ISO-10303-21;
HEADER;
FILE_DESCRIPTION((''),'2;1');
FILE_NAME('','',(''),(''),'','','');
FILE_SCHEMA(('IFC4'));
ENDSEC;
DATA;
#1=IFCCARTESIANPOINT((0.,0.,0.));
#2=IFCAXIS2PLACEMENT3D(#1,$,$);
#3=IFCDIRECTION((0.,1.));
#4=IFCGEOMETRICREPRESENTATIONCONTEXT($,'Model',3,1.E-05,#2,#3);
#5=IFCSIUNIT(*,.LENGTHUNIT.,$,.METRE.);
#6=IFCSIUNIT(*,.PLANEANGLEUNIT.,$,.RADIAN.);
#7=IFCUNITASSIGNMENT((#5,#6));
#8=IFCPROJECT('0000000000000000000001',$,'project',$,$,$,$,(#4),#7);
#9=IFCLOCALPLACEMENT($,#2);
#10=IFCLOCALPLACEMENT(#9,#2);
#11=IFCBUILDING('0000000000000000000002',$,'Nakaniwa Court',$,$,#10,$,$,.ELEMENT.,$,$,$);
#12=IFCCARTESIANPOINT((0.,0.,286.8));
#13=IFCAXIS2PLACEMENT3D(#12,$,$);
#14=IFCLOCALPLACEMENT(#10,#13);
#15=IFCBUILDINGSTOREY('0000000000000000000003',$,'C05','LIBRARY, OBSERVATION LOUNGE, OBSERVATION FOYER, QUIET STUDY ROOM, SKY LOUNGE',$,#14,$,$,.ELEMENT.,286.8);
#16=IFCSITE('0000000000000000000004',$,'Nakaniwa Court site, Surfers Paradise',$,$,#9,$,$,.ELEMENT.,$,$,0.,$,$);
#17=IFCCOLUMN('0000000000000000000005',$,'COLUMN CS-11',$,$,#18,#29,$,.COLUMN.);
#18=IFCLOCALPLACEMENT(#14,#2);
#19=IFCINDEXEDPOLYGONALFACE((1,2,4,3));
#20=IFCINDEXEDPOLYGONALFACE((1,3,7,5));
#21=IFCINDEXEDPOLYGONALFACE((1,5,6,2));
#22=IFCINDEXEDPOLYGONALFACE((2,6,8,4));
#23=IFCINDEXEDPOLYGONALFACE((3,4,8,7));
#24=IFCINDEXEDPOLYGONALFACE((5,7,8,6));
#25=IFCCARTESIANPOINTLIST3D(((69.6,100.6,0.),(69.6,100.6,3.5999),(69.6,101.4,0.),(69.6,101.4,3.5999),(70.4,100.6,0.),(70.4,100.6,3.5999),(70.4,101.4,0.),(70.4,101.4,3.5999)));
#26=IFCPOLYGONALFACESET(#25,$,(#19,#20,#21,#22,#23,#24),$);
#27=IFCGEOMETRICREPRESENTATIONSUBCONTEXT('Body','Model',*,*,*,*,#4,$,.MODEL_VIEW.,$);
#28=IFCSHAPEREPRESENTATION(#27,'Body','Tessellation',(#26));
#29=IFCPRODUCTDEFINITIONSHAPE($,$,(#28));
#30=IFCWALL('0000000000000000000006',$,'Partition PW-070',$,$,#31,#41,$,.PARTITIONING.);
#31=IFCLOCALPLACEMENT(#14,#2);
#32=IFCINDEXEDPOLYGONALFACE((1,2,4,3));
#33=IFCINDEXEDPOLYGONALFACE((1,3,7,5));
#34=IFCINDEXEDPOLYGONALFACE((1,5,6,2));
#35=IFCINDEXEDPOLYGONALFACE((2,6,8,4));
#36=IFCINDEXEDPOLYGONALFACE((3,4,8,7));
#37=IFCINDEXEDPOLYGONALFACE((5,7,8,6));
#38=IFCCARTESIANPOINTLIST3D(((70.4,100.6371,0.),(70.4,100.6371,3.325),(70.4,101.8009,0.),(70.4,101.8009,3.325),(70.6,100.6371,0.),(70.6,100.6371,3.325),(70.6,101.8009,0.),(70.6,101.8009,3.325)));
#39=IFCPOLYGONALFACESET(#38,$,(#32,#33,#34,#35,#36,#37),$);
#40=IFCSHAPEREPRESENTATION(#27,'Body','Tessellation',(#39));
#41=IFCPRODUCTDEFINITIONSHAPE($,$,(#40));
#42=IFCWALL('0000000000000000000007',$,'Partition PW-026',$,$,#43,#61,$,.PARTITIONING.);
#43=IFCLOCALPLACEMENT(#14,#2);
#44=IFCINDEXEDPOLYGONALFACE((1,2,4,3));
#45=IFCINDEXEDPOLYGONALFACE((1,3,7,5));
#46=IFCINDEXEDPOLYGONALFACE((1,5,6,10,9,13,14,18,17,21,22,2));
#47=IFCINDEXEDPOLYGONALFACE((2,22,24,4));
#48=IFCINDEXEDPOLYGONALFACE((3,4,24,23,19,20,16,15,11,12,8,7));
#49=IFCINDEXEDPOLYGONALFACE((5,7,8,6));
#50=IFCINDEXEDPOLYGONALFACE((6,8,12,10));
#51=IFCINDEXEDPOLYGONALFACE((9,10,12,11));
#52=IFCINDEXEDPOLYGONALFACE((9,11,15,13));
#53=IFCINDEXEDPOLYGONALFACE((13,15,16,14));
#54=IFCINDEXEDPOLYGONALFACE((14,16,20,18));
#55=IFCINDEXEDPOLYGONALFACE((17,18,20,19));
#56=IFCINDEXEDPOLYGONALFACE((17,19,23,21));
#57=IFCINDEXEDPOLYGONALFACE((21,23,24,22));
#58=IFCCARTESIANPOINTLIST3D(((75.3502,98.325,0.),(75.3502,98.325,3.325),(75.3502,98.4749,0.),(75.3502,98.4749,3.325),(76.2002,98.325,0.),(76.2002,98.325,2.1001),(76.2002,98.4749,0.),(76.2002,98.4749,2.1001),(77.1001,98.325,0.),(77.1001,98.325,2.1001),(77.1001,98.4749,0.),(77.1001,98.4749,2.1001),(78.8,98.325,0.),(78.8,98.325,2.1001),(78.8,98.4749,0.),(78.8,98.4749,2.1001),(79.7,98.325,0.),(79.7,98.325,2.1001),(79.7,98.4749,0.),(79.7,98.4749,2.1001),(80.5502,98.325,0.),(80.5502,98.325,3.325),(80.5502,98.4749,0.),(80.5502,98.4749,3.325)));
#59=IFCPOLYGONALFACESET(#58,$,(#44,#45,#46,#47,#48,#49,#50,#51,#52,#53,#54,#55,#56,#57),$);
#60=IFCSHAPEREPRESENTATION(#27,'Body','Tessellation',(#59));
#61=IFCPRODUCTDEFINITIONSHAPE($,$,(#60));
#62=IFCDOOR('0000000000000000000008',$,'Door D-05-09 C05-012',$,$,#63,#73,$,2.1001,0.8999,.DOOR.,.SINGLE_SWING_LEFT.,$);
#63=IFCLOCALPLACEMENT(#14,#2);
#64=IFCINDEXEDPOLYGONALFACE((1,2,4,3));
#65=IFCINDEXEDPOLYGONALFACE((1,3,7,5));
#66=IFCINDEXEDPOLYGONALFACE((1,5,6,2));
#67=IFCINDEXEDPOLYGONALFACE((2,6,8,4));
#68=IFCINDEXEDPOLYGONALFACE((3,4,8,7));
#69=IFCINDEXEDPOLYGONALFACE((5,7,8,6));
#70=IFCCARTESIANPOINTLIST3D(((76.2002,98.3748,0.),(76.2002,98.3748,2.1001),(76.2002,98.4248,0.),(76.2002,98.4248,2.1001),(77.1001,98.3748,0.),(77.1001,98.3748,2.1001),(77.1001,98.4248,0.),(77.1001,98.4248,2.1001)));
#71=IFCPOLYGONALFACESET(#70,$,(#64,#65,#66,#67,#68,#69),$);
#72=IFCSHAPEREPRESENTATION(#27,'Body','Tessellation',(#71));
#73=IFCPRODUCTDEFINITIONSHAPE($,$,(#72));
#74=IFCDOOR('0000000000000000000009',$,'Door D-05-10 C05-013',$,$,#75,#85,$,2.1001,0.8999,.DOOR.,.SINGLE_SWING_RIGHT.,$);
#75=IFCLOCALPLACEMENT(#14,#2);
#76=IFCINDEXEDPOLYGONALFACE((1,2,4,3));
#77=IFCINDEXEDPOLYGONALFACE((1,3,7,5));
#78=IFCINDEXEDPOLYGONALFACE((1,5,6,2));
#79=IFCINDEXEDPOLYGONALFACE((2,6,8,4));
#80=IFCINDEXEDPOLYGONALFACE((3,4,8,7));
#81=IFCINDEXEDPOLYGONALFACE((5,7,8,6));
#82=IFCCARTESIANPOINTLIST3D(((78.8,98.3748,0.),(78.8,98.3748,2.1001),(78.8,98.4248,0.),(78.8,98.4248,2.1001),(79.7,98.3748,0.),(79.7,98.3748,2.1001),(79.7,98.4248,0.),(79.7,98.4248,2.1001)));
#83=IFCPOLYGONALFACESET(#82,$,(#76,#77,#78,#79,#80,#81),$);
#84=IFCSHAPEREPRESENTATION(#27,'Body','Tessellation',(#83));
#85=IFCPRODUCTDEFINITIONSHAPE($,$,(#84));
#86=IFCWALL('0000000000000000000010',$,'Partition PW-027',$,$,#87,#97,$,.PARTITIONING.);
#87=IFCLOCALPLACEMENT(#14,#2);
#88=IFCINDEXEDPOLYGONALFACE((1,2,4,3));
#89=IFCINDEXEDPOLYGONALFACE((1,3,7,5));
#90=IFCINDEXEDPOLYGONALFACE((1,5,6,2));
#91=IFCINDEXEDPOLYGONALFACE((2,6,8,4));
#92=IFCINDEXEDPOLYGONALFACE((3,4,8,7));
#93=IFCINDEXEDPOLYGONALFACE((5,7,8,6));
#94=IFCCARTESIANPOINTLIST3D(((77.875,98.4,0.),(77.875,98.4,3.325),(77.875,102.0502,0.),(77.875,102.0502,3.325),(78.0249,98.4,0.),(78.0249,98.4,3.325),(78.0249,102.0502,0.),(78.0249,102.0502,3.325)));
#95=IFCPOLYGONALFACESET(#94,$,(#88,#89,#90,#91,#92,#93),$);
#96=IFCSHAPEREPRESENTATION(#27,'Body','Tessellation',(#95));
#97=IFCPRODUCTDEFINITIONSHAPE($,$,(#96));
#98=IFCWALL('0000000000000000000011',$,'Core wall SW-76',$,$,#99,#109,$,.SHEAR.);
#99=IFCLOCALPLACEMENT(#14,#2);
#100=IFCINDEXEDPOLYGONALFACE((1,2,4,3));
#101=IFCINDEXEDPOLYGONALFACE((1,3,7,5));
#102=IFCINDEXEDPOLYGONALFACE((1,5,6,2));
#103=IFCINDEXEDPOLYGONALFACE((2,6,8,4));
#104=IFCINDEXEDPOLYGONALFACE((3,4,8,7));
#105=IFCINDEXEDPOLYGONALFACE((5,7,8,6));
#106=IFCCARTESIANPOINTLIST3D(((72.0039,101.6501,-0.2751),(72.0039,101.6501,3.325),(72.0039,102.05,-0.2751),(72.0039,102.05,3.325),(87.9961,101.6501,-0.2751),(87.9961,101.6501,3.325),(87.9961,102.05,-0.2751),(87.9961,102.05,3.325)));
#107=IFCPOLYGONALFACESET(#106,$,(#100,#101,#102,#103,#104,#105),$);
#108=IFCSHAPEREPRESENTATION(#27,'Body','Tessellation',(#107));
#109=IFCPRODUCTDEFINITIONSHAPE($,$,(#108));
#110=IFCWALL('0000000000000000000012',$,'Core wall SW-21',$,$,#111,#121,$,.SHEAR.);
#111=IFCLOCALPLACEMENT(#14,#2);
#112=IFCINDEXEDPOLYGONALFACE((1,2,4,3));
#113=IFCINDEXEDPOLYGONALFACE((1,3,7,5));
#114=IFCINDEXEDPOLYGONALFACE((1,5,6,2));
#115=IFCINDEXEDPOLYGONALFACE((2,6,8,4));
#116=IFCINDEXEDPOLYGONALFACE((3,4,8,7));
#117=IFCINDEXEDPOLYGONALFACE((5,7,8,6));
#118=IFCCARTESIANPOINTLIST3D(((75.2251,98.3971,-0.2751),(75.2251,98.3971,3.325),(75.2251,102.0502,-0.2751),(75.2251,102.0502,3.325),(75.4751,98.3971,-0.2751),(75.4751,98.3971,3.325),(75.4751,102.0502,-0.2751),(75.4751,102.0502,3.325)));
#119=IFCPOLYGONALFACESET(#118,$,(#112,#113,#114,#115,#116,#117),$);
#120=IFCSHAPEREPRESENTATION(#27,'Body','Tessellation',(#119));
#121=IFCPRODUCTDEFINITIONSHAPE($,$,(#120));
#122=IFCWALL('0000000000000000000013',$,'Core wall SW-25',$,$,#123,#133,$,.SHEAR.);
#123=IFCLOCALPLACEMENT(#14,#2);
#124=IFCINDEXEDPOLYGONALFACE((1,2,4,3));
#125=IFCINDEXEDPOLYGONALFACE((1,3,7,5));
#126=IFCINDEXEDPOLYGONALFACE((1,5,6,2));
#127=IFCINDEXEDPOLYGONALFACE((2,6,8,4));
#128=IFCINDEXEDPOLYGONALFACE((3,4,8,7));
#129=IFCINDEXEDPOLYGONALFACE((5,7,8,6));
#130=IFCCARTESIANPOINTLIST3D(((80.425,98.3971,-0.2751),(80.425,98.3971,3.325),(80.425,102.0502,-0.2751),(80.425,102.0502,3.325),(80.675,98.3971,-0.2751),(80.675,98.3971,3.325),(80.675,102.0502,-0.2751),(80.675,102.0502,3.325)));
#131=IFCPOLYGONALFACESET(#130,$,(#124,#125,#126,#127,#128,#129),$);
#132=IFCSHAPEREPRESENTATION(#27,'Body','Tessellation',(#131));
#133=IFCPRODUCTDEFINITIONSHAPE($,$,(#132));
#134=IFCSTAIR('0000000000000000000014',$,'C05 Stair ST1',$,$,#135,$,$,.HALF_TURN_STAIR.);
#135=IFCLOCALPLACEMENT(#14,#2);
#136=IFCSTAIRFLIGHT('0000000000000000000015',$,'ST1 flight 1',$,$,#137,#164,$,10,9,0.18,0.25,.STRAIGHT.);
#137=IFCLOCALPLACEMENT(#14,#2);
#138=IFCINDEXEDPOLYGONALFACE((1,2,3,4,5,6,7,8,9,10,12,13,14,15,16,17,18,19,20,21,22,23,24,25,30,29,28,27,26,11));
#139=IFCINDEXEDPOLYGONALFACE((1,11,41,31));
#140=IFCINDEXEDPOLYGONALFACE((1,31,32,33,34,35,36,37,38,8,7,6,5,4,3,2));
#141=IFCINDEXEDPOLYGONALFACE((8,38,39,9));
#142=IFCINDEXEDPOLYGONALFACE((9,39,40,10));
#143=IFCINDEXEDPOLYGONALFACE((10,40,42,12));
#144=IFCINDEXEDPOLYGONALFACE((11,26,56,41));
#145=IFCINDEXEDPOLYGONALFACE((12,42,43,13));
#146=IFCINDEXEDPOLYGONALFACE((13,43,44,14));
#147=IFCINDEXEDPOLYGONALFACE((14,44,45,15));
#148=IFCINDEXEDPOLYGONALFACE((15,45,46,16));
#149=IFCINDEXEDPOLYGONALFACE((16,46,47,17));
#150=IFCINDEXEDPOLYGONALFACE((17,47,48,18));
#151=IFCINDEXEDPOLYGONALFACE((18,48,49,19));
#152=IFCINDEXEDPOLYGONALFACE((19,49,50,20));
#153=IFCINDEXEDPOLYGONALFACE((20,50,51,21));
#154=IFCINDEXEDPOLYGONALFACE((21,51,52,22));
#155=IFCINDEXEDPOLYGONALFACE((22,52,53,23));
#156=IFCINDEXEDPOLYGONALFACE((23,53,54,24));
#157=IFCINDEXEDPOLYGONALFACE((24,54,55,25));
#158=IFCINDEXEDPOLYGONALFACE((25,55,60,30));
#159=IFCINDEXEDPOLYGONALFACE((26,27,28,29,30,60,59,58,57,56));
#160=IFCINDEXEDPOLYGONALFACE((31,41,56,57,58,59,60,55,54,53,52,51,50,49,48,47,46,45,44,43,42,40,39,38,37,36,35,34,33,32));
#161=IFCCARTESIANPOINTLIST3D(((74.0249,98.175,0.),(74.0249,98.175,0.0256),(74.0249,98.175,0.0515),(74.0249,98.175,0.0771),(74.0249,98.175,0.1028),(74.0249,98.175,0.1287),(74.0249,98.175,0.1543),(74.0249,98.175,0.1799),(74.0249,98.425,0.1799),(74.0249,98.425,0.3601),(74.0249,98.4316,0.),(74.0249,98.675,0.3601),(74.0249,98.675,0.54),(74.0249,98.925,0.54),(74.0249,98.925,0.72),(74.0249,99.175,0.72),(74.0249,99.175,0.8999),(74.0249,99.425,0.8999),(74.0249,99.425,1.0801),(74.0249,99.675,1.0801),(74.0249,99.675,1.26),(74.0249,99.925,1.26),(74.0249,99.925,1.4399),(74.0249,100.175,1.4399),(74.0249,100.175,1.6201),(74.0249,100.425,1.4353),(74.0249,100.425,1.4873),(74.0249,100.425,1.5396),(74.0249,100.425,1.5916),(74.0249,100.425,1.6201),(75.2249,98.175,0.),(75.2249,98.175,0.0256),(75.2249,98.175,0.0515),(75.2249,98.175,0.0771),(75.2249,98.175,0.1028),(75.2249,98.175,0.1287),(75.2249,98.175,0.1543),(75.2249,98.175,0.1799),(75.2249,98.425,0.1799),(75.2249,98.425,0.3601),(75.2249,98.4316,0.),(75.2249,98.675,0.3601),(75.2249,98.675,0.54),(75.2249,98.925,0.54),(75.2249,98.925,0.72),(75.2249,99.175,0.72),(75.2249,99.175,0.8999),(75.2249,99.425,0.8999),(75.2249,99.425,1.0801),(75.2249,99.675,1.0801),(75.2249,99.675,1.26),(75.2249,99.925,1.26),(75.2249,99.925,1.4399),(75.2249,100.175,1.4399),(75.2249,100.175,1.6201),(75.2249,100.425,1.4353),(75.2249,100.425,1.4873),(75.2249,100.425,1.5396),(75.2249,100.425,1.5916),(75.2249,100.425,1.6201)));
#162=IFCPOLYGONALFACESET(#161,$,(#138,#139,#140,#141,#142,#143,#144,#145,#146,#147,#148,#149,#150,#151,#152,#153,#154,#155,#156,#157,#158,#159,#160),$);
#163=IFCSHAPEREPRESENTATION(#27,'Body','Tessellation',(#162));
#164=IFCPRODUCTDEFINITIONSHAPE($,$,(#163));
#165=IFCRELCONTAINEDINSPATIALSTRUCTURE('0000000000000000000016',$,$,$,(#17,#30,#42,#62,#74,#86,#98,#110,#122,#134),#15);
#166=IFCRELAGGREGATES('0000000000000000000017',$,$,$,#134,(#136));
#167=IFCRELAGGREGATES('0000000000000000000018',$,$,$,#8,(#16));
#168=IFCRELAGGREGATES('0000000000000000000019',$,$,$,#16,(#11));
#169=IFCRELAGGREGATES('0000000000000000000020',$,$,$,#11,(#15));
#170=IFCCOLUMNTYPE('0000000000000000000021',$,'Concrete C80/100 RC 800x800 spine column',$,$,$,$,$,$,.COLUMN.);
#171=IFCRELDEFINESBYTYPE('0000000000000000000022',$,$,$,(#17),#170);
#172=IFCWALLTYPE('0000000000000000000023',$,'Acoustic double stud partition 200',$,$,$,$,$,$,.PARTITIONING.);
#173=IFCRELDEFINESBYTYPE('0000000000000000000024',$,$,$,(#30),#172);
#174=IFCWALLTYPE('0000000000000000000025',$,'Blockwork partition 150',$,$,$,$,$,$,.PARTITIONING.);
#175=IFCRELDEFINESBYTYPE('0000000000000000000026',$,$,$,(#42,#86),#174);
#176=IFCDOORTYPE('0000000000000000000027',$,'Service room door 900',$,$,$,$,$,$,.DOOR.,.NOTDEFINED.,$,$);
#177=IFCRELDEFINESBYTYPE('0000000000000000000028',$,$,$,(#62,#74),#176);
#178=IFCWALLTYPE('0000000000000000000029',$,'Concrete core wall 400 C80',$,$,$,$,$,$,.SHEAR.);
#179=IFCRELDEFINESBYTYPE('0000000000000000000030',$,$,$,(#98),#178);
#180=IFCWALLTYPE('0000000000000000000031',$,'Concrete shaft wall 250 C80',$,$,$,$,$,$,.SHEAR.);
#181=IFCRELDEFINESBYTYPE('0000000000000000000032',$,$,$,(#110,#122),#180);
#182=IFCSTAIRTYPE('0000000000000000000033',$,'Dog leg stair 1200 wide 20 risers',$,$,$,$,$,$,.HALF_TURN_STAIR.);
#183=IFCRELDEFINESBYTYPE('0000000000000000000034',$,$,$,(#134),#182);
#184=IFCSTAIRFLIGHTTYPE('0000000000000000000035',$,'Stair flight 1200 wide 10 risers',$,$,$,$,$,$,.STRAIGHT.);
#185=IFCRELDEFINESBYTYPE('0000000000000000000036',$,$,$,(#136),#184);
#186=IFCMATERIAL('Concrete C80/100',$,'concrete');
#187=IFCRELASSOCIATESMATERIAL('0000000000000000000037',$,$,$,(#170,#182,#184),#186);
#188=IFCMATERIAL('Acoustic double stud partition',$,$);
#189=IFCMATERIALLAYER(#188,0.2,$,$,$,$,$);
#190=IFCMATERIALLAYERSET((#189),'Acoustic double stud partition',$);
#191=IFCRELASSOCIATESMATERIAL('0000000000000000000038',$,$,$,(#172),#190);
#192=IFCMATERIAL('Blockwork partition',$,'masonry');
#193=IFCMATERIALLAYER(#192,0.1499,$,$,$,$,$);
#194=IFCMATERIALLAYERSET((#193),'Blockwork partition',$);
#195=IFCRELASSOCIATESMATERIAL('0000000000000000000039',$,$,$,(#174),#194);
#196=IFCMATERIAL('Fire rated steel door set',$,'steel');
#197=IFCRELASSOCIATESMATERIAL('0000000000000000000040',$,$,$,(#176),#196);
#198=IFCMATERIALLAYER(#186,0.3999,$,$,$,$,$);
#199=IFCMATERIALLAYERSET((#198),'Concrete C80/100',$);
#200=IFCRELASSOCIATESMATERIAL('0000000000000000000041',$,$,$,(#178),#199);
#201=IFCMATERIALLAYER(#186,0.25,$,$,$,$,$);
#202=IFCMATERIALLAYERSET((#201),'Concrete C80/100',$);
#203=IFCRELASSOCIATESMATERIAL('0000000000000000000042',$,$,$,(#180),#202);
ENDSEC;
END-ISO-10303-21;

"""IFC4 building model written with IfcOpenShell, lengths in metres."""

from ifc_helpers import new_model, si_unit, direction, frame, frame_2d, origin, origin_2d, place, context, subcontext, project, spatial, polyline, rectangle, outline, extrude, material, layer, layer_set, material_profile, profile_set, type_object, element, fill, aggregate, save


model = new_model("IFC4")

# Units and contexts
model_context = context("Model", 3, precision=1e-05, world=origin(), true_north=direction((0.0, 1.0)))
body_context = subcontext(model_context, "Body", "Model", "MODEL_VIEW")
ifc_project = project(units=[si_unit("LENGTHUNIT", "METRE"), si_unit("PLANEANGLEUNIT", "RADIAN")], contexts=[model_context])

# Site, building, storey
site_placement = place(None, origin())
site = spatial("IfcSite", under=ifc_project, at=site_placement, Name="Nakaniwa Court site, Surfers Paradise", CompositionType="ELEMENT", RefElevation=0.0)
building_placement = place(site_placement, origin())
building = spatial("IfcBuilding", under=site, at=building_placement, Name="Nakaniwa Court", CompositionType="ELEMENT")
storey_placement = place(building_placement, frame((0.0, 0.0, 286.8)))
storey = spatial("IfcBuildingStorey", under=building, at=storey_placement, Name="C05", Description="LIBRARY, OBSERVATION LOUNGE, OBSERVATION FOYER, QUIET STUDY ROOM, SKY LOUNGE", CompositionType="ELEMENT", Elevation=286.8)

# Column
ifc_material_1 = material(Name="Concrete C80/100", Category="concrete")
ifc_material_profile = material_profile(ifc_material_1, rectangle(XDim=0.8, YDim=0.8, at=origin_2d()), Name="Concrete C80/100 RC 800x800 spine column")
ifc_profile_set = profile_set([ifc_material_profile], Name="Concrete C80/100")
column_type = type_object("IfcColumnType", Name="Concrete C80/100 RC 800x800 spine column", PredefinedType="COLUMN", material=ifc_profile_set)
column_placement = place(storey_placement, frame((70.0, 101.0, 0.0), z_axis=(0.0, 0.0, 1.0), x_axis=(0.0, -1.0, 0.0)))
element("IfcColumn", 1, at=column_placement, inside=storey, type_object=column_type, Name="COLUMN CS-11", PredefinedType="COLUMN", context=body_context, shape_type="SweptSolid", body=[
    extrude(rectangle(XDim=0.8, YDim=0.8, at=origin_2d()), origin(), (0.0, 0.0, 1.0), 3.5999),
])

# Wall
ifc_material_2 = material(Name="Acoustic double stud partition")
ifc_layer_1 = layer(ifc_material_2, 0.2)
ifc_layer_set_1 = layer_set([ifc_layer_1], Name="Acoustic double stud partition")
wall_type_1 = type_object("IfcWallType", Name="Acoustic double stud partition 200", PredefinedType="PARTITIONING", material=ifc_layer_set_1)
wall_1_placement = place(storey_placement, frame((70.5, 100.637, 0.0), z_axis=(0.0, 0.0, 1.0), x_axis=(0.0, 1.0, 0.0)))
element("IfcWall", 2, at=wall_1_placement, inside=storey, type_object=wall_type_1, Name="Partition PW-070", PredefinedType="PARTITIONING", context=body_context, shape_type="SweptSolid", body=[
    extrude(rectangle(XDim=1.1638, YDim=0.2, at=frame_2d((0.582, 0.0))), origin(), (0.0, 0.0, 1.0), 3.325),
])

# Wall, openings, doors
ifc_material_3 = material(Name="Blockwork partition", Category="masonry")
ifc_layer_2 = layer(ifc_material_3, 0.1499)
ifc_layer_set_2 = layer_set([ifc_layer_2], Name="Blockwork partition")
wall_type_2 = type_object("IfcWallType", Name="Blockwork partition 150", PredefinedType="PARTITIONING", material=ifc_layer_set_2)
wall_2_placement = place(storey_placement, frame((75.3501, 98.3999, 0.0), z_axis=(0.0, 0.0, 1.0), x_axis=(1.0, 0.0, 0.0)))
wall_2 = element("IfcWall", 3, at=wall_2_placement, inside=storey, type_object=wall_type_2, Name="Partition PW-026", PredefinedType="PARTITIONING", context=body_context, shape_type="SweptSolid", body=[
    extrude(rectangle(XDim=5.2, YDim=0.1499, at=frame_2d((2.6001, 0.0))), origin(), (0.0, 0.0, 1.0), 3.325),
])
opening_1_placement = place(wall_2_placement, frame((0.8501, 0.0, 0.0)))
opening_1 = element("IfcOpeningElement", 4, at=opening_1_placement, cuts=wall_2, PredefinedType="OPENING", context=body_context, shape_type="SweptSolid", body=[
    extrude(rectangle(XDim=0.8999, YDim=2.1001, at=frame_2d((0.45, 1.05))), frame((0.0, 0.085, 0.0), z_axis=(0.0, -1.0, 0.0), x_axis=(1.0, 0.0, 0.0)), (0.0, 0.0, 1.0), 0.1699),
])
opening_2_placement = place(wall_2_placement, frame((3.45, 0.0, 0.0)))
opening_2 = element("IfcOpeningElement", 5, at=opening_2_placement, cuts=wall_2, PredefinedType="OPENING", context=body_context, shape_type="SweptSolid", body=[
    extrude(rectangle(XDim=0.8999, YDim=2.1001, at=frame_2d((0.45, 1.05))), frame((0.0, 0.085, 0.0), z_axis=(0.0, -1.0, 0.0), x_axis=(1.0, 0.0, 0.0)), (0.0, 0.0, 1.0), 0.1699),
])
ifc_material_4 = material(Name="Fire rated steel door set", Category="steel")
door_type = type_object("IfcDoorType", Name="Service room door 900", OperationType="NOTDEFINED", PredefinedType="DOOR", material=ifc_material_4)
door_1_placement = place(opening_1_placement, origin())
door_1 = element("IfcDoor", 6, at=door_1_placement, inside=storey, type_object=door_type, Name="Door D-05-09 C05-012", OperationType="SINGLE_SWING_LEFT", OverallHeight=2.1001, OverallWidth=0.8999, PredefinedType="DOOR", context=body_context, shape_type="SweptSolid", body=[
    extrude(rectangle(XDim=0.8999, YDim=2.1001, at=frame_2d((0.45, 1.05))), frame((0.0, 0.0249, 0.0), z_axis=(0.0, -1.0, 0.0), x_axis=(1.0, 0.0, 0.0)), (0.0, 0.0, 1.0), 0.05),
])
fill(opening_1, door_1)
door_2_placement = place(opening_2_placement, origin())
door_2 = element("IfcDoor", 7, at=door_2_placement, inside=storey, type_object=door_type, Name="Door D-05-10 C05-013", OperationType="SINGLE_SWING_RIGHT", OverallHeight=2.1001, OverallWidth=0.8999, PredefinedType="DOOR", context=body_context, shape_type="SweptSolid", body=[
    extrude(rectangle(XDim=0.8999, YDim=2.1001, at=frame_2d((0.45, 1.05))), frame((0.0, 0.0249, 0.0), z_axis=(0.0, -1.0, 0.0), x_axis=(1.0, 0.0, 0.0)), (0.0, 0.0, 1.0), 0.05),
])
fill(opening_2, door_2)

# Walls
wall_3_placement = place(storey_placement, frame((77.95, 98.3999, 0.0), z_axis=(0.0, 0.0, 1.0), x_axis=(0.0, 1.0, 0.0)))
element("IfcWall", 8, at=wall_3_placement, inside=storey, type_object=wall_type_2, Name="Partition PW-027", PredefinedType="PARTITIONING", context=body_context, shape_type="SweptSolid", body=[
    extrude(rectangle(XDim=3.6501, YDim=0.1499, at=frame_2d((1.8252, 0.0))), origin(), (0.0, 0.0, 1.0), 3.325),
])
ifc_layer_3 = layer(ifc_material_1, 0.3999)
ifc_layer_set_3 = layer_set([ifc_layer_3], Name="Concrete C80/100")
wall_type_3 = type_object("IfcWallType", Name="Concrete core wall 400 C80", PredefinedType="SHEAR", material=ifc_layer_set_3)
wall_4_placement = place(storey_placement, frame((72.0039, 101.8501, -0.2751), z_axis=(0.0, 0.0, 1.0), x_axis=(1.0, 0.0, 0.0)))
element("IfcWall", 9, at=wall_4_placement, inside=storey, type_object=wall_type_3, Name="Core wall SW-76", PredefinedType="SHEAR", context=body_context, shape_type="SweptSolid", body=[
    extrude(rectangle(XDim=15.9922, YDim=0.3999, at=frame_2d((7.9961, 0.0))), origin(), (0.0, 0.0, 1.0), 3.6001),
])
ifc_layer_4 = layer(ifc_material_1, 0.25)
ifc_layer_set_4 = layer_set([ifc_layer_4], Name="Concrete C80/100")
wall_type_4 = type_object("IfcWallType", Name="Concrete shaft wall 250 C80", PredefinedType="SHEAR", material=ifc_layer_set_4)
for number, where, z_axis, x_axis, name in (
    (10, (75.3501, 98.397, -0.2751), (0.0, 0.0, 1.0), (0.0, 1.0, 0.0), "Core wall SW-21"),
    (11, (80.55, 98.397, -0.2751), (0.0, 0.0, 1.0), (0.0, 1.0, 0.0), "Core wall SW-25"),
):
    element("IfcWall", number, at=place(storey_placement, frame(where, z_axis=z_axis, x_axis=x_axis)), inside=storey, type_object=wall_type_4, Name=name, PredefinedType="SHEAR", context=body_context, shape_type="SweptSolid", body=[
        extrude(rectangle(XDim=3.6531, YDim=0.25, at=frame_2d((1.8267, 0.0))), origin(), (0.0, 0.0, 1.0), 3.6001),
    ])

# Stair, stair flight
stair_type = type_object("IfcStairType", Name="Dog leg stair 1200 wide 20 risers", PredefinedType="HALF_TURN_STAIR", material=ifc_material_1)
stair_1_placement = place(storey_placement, origin())
stair_1 = element("IfcStair", 12, at=stair_1_placement, inside=storey, type_object=stair_type, Name="C05 Stair ST1", PredefinedType="HALF_TURN_STAIR")
stair_flight_type = type_object("IfcStairFlightType", Name="Stair flight 1200 wide 10 risers", PredefinedType="STRAIGHT", material=ifc_material_1)
stair_flight_1_placement = place(storey_placement, frame((74.625, 98.175, 0.0), z_axis=(0.0, 0.0, 1.0), x_axis=(0.0, 1.0, 0.0)))
stair_flight_1 = element("IfcStairFlight", 13, at=stair_flight_1_placement, type_object=stair_flight_type, Name="ST1 flight 1", NumberOfRisers=10, NumberOfTreads=9, PredefinedType="STRAIGHT", RiserHeight=0.18, TreadLength=0.25, context=body_context, shape_type="SweptSolid", body=[
    extrude(outline(polyline([(0.0, 0.0), (0.0, 0.0256), (0.0, 0.0515), (0.0, 0.0771), (0.0, 0.1028), (0.0, 0.1287), (0.0, 0.1543), (0.0, 0.1799), (0.25, 0.1799), (0.25, 0.3601), (0.5, 0.3601), (0.5, 0.54), (0.75, 0.54), (0.75, 0.72), (1.0, 0.72), (1.0, 0.8999), (1.25, 0.8999), (1.25, 1.0801), (1.5, 1.0801), (1.5, 1.26), (1.75, 1.26), (1.75, 1.4399), (2.0, 1.4399), (2.0, 1.6201), (2.25, 1.6201), (2.25, 1.8), (2.25, 1.7478), (2.25, 1.6958), (2.25, 1.6438), (2.25, 1.5916), (2.25, 1.5396), (2.25, 1.4873), (2.25, 1.4353), (0.2566, 0.0), (0.0, 0.0)])), frame((0.0, 0.6001, 0.0), z_axis=(0.0, -1.0, 0.0), x_axis=(1.0, 0.0, 0.0)), (0.0, 0.0, 1.0), 1.2),
])
aggregate(stair_1, [stair_flight_1])

save(model, "model.ifc")
